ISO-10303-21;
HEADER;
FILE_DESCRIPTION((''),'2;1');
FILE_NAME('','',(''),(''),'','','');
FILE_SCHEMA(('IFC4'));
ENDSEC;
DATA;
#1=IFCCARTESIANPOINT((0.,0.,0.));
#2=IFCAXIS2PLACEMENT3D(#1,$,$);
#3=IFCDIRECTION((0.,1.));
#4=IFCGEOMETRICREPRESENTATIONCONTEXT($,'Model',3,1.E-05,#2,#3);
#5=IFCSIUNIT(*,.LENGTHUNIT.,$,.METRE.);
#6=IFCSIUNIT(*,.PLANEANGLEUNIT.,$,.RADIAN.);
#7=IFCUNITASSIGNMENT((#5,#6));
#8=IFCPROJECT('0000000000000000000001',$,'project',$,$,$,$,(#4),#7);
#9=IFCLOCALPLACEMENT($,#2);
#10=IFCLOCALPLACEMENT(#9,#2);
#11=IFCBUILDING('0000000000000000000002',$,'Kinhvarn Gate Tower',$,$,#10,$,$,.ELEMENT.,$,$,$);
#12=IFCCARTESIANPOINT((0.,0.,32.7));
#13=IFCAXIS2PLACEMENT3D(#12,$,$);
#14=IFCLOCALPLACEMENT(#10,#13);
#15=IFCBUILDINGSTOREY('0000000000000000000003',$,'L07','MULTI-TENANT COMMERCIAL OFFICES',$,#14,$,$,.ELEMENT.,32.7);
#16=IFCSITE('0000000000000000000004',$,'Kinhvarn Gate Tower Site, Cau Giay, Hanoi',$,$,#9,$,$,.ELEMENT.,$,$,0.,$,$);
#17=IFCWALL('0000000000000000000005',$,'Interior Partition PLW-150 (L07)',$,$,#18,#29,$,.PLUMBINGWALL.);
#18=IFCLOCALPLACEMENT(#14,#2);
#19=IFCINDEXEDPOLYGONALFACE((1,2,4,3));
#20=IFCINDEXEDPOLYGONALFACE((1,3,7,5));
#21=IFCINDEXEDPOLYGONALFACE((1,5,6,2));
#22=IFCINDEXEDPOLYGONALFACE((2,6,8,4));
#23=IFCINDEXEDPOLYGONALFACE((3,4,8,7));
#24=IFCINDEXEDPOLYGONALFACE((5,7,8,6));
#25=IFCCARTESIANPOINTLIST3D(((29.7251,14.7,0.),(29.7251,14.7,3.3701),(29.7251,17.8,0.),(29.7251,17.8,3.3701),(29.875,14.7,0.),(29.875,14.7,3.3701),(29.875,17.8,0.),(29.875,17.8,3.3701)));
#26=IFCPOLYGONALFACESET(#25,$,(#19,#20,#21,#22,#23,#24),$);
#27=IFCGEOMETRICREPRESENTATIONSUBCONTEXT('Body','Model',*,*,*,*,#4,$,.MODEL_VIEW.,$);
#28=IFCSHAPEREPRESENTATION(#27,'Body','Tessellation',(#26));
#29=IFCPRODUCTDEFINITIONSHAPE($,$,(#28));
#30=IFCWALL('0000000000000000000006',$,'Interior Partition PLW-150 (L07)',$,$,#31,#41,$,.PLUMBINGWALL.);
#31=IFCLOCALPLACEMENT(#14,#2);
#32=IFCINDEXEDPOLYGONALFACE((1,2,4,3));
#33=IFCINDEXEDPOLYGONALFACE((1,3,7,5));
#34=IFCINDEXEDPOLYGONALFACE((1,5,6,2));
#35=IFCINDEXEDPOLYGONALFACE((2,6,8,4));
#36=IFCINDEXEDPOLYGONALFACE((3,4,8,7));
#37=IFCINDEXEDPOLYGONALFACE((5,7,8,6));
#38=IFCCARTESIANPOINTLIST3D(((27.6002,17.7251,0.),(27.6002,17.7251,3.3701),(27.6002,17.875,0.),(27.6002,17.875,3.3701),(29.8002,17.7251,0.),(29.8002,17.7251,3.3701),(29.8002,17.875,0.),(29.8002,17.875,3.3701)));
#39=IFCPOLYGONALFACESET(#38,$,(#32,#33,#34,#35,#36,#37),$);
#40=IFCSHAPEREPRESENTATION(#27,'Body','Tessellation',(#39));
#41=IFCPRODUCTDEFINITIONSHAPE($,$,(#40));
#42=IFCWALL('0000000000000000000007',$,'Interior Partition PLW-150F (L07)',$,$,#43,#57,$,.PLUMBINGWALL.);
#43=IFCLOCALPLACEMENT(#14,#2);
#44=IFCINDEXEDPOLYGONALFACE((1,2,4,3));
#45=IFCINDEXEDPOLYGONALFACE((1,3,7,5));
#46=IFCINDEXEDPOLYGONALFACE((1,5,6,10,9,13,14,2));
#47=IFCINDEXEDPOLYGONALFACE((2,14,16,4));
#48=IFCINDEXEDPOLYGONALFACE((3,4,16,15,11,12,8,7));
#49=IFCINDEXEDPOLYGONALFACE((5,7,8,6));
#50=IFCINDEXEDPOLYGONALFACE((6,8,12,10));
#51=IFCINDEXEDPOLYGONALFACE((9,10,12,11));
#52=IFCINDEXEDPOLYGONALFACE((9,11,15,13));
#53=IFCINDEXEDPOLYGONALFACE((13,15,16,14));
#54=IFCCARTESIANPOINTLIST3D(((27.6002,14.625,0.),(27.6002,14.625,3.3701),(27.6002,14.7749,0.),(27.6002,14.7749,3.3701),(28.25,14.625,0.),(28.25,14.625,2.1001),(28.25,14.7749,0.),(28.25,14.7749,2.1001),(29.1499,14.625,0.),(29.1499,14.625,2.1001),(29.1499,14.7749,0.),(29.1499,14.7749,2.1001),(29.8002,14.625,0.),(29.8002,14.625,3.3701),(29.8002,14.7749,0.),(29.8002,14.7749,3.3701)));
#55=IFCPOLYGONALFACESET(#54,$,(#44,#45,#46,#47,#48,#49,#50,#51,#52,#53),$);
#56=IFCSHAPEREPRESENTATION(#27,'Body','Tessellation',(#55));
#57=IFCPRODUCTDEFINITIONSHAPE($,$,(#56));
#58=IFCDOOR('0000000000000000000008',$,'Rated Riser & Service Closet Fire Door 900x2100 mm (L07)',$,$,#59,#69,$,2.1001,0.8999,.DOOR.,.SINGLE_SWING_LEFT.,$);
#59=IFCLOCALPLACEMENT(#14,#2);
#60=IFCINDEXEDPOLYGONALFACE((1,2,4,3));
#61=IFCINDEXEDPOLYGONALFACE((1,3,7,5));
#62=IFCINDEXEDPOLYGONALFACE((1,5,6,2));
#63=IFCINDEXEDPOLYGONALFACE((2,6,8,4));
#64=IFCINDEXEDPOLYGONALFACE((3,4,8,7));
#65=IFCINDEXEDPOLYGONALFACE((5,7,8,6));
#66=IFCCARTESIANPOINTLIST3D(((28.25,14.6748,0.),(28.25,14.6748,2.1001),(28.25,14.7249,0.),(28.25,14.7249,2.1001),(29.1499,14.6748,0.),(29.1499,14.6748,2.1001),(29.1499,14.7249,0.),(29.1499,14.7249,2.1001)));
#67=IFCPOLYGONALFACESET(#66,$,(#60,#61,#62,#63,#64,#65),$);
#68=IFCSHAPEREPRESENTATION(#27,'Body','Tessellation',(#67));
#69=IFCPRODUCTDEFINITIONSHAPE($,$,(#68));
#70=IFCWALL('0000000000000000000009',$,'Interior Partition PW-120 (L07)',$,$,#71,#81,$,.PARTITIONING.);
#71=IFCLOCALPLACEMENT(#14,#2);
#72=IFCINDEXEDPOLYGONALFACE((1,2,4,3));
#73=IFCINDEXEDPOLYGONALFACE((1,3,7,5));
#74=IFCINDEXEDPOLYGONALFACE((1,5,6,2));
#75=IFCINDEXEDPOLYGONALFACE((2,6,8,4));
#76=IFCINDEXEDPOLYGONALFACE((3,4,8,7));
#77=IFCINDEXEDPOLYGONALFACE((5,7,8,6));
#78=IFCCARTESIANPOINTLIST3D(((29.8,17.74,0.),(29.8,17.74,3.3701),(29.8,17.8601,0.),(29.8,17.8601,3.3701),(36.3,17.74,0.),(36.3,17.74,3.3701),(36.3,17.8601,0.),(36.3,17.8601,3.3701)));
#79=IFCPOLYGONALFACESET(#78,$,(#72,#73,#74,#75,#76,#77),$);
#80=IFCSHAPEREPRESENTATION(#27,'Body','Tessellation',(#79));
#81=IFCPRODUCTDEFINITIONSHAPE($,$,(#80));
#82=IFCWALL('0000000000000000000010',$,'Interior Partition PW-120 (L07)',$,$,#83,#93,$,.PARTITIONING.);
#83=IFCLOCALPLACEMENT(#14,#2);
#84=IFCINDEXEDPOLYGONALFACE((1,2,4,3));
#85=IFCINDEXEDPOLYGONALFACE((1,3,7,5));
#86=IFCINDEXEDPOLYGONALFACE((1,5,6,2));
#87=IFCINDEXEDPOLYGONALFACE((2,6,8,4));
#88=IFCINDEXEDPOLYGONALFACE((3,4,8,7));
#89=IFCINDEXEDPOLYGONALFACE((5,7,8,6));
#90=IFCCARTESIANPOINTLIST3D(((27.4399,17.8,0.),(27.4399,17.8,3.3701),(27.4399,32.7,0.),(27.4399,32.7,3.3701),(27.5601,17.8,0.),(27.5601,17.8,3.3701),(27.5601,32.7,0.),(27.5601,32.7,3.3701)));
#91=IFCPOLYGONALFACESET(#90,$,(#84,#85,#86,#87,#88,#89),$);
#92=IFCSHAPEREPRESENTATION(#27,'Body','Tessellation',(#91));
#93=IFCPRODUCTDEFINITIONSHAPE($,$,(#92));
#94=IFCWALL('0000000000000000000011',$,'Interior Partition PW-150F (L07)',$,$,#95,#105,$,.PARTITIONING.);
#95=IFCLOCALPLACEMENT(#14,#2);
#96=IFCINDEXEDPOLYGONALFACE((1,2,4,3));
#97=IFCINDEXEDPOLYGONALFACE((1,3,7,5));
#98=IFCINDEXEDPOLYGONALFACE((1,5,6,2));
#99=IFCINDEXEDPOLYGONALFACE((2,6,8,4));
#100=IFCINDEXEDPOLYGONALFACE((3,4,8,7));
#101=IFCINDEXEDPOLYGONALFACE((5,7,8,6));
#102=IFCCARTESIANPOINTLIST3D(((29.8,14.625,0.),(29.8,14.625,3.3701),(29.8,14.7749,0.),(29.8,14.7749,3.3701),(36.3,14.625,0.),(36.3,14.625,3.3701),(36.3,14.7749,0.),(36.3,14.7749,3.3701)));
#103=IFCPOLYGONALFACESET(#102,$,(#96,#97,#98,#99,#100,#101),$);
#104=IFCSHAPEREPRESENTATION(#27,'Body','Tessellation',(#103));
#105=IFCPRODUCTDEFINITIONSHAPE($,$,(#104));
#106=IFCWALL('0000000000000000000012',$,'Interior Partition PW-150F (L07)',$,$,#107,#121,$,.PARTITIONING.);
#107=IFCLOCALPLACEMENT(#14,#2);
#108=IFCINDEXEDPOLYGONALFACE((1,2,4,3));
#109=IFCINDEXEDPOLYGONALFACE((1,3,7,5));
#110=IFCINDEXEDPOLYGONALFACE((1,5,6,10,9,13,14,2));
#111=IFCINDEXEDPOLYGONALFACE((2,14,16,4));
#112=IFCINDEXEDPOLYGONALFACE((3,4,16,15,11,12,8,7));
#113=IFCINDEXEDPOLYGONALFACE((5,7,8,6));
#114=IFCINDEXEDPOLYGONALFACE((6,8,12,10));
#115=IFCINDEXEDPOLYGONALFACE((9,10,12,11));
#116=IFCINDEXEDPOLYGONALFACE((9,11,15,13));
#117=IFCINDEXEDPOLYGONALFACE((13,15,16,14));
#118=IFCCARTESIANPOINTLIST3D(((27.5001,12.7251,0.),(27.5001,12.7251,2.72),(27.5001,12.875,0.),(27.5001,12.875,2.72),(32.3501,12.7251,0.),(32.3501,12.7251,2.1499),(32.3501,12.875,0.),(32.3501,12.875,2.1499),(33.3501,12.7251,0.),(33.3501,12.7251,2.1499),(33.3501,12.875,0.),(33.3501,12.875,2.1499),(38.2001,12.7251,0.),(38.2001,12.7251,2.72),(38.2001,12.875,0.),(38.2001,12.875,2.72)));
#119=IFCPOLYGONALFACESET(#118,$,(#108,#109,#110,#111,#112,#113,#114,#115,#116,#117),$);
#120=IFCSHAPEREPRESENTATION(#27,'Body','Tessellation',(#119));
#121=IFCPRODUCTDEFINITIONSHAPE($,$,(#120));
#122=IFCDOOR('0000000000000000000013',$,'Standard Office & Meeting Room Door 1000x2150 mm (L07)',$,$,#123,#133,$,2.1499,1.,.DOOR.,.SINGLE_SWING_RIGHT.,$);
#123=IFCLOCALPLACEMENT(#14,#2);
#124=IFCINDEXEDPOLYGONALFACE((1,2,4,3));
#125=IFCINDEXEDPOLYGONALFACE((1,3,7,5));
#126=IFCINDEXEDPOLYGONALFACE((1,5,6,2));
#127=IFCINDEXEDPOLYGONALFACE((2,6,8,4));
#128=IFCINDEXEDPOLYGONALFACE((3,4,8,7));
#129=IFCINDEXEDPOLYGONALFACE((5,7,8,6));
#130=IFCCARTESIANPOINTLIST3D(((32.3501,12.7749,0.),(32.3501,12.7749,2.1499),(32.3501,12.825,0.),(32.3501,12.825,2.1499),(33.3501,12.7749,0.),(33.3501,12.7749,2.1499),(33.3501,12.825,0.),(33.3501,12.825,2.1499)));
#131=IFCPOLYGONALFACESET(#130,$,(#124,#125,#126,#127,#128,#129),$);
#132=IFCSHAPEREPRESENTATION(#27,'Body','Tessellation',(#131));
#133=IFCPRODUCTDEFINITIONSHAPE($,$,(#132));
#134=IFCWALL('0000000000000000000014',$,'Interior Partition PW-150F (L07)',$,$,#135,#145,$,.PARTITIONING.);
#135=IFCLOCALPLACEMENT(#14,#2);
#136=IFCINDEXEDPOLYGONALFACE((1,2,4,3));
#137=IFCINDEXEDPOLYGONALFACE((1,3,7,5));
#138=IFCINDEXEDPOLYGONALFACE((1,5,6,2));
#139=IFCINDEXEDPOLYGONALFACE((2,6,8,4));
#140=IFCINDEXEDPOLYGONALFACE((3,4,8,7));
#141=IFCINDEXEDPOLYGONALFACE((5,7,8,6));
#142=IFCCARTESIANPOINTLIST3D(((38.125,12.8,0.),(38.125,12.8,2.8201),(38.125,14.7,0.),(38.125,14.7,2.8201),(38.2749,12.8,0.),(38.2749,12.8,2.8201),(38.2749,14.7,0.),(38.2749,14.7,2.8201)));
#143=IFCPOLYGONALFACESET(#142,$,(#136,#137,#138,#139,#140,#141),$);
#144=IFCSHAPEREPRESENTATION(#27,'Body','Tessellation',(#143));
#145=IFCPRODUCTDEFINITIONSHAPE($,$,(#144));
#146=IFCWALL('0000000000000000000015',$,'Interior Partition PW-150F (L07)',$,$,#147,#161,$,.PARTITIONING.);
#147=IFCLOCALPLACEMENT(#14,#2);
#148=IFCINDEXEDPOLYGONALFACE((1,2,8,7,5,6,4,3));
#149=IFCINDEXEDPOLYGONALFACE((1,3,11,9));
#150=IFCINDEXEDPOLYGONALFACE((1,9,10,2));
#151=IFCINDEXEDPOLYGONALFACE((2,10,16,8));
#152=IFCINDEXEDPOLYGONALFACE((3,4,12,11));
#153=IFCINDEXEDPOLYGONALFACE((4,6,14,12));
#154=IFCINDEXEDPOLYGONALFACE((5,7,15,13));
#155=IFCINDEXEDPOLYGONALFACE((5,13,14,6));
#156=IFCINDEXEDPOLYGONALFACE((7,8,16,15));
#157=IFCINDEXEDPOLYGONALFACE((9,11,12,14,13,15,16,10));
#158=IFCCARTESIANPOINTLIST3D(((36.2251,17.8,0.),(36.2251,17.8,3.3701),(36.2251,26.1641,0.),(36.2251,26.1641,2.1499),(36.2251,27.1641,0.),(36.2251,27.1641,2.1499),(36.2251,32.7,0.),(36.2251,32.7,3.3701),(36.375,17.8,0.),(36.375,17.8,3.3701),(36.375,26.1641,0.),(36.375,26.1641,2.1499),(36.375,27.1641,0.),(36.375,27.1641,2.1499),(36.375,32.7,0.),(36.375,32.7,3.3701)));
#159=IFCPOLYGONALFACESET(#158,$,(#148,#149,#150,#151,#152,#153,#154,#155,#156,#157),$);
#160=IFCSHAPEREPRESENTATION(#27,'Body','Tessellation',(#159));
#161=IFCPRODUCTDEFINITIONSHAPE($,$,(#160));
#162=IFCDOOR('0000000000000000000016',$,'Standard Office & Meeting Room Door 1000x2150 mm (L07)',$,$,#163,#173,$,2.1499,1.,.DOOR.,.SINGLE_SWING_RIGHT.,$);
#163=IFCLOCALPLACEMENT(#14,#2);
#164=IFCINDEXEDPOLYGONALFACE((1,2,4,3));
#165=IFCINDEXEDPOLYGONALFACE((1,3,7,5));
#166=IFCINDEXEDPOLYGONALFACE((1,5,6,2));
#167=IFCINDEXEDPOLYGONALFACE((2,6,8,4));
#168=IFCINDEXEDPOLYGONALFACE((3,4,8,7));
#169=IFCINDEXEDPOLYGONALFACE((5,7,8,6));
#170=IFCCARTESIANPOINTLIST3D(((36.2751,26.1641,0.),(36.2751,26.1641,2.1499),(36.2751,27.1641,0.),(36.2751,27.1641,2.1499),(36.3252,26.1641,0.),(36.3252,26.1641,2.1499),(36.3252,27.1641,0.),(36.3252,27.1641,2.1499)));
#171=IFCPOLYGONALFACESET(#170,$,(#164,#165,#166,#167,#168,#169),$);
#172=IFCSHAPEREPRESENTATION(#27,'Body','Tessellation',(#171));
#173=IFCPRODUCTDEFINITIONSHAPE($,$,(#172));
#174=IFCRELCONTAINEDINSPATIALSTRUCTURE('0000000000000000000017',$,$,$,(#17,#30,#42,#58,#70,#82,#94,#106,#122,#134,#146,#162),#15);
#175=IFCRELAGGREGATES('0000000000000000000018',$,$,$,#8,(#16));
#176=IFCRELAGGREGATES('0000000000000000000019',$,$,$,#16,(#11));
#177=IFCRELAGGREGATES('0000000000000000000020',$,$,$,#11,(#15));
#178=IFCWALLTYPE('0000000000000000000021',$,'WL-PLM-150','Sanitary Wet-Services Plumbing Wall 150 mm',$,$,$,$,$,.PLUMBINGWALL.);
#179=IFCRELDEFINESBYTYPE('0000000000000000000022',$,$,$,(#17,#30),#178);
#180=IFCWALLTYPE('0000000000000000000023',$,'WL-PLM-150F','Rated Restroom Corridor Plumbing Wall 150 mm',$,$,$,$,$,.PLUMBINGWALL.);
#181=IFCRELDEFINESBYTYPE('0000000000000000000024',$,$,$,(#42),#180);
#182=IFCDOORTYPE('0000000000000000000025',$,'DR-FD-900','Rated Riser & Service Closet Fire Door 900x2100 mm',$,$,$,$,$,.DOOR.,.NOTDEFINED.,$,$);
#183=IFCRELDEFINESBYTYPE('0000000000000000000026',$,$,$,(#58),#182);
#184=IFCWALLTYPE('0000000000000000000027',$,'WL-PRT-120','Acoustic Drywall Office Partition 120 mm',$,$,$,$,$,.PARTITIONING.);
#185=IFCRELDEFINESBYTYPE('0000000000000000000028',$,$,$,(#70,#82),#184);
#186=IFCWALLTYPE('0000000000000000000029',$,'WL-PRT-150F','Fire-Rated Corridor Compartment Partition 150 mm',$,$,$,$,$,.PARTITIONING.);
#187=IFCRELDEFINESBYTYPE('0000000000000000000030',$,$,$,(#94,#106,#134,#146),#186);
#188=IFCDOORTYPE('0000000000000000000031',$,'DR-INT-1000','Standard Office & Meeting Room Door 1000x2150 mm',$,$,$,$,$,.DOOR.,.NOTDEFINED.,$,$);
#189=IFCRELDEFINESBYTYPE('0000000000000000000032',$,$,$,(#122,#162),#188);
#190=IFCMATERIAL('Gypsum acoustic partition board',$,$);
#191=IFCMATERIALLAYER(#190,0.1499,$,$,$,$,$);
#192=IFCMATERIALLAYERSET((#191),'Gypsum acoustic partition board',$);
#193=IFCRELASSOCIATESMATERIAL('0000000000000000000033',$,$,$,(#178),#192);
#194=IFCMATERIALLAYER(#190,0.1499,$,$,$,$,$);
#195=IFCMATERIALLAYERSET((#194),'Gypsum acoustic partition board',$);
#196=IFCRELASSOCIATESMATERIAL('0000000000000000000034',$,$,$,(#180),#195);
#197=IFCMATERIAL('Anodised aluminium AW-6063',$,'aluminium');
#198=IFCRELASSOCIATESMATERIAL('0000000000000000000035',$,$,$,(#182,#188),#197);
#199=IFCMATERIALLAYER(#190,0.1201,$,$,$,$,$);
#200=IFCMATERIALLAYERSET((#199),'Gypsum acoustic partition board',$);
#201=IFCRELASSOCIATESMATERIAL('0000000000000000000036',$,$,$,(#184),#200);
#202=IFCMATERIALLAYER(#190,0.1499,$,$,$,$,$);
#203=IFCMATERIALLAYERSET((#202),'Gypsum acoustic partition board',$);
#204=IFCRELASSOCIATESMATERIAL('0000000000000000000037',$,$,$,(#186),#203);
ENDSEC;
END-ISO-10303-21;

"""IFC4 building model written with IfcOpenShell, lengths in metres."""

from ifc_helpers import new_model, si_unit, direction, frame, frame_2d, origin, place, context, subcontext, project, spatial, rectangle, extrude, material, layer, layer_set, type_object, element, fill, save


model = new_model("IFC4")

# Units and contexts
model_context = context("Model", 3, precision=1e-05, world=origin(), true_north=direction((0.0, 1.0)))
body_context = subcontext(model_context, "Body", "Model", "MODEL_VIEW")
ifc_project = project(units=[si_unit("LENGTHUNIT", "METRE"), si_unit("PLANEANGLEUNIT", "RADIAN")], contexts=[model_context])

# Site, building, storey
site_placement = place(None, origin())
site = spatial("IfcSite", under=ifc_project, at=site_placement, Name="Kinhvarn Gate Tower Site, Cau Giay, Hanoi", CompositionType="ELEMENT", RefElevation=0.0)
building_placement = place(site_placement, origin())
building = spatial("IfcBuilding", under=site, at=building_placement, Name="Kinhvarn Gate Tower", CompositionType="ELEMENT")
storey_placement = place(building_placement, frame((0.0, 0.0, 32.7)))
storey = spatial("IfcBuildingStorey", under=building, at=storey_placement, Name="L07", Description="MULTI-TENANT COMMERCIAL OFFICES", CompositionType="ELEMENT", Elevation=32.7)

# Walls
ifc_material_1 = material(Name="Gypsum acoustic partition board")
ifc_layer_1 = layer(ifc_material_1, 0.1499)
ifc_layer_set_1 = layer_set([ifc_layer_1], Name="Gypsum acoustic partition board")
wall_type_1 = type_object("IfcWallType", Name="WL-PLM-150", Description="Sanitary Wet-Services Plumbing Wall 150 mm", PredefinedType="PLUMBINGWALL", material=ifc_layer_set_1)
for number, where, z_axis, x_axis, name in (
    (1, (29.8, 14.7, 0.0), (0.0, 0.0, 1.0), (0.0, 1.0, 0.0), "Interior Partition PLW-150 (L07)"),
):
    element("IfcWall", number, at=place(storey_placement, frame(where, z_axis=z_axis, x_axis=x_axis)), inside=storey, type_object=wall_type_1, Name=name, PredefinedType="PLUMBINGWALL", context=body_context, shape_type="SweptSolid", body=[
        extrude(rectangle(XDim=3.1001, YDim=0.1499, at=frame_2d((1.55, 0.0))), origin(), (0.0, 0.0, 1.0), 3.3701),
    ])
wall_1_placement = place(storey_placement, frame((27.6001, 17.8, 0.0), z_axis=(0.0, 0.0, 1.0), x_axis=(1.0, 0.0, 0.0)))
element("IfcWall", 2, at=wall_1_placement, inside=storey, type_object=wall_type_1, Name="Interior Partition PLW-150 (L07)", PredefinedType="PLUMBINGWALL", context=body_context, shape_type="SweptSolid", body=[
    extrude(rectangle(XDim=2.2, YDim=0.1499, at=frame_2d((1.1001, 0.0))), origin(), (0.0, 0.0, 1.0), 3.3701),
])

# Wall, opening, door
ifc_layer_2 = layer(ifc_material_1, 0.1499)
ifc_layer_set_2 = layer_set([ifc_layer_2], Name="Gypsum acoustic partition board")
wall_type_2 = type_object("IfcWallType", Name="WL-PLM-150F", Description="Rated Restroom Corridor Plumbing Wall 150 mm", PredefinedType="PLUMBINGWALL", material=ifc_layer_set_2)
wall_2_placement = place(storey_placement, frame((27.6001, 14.7, 0.0), z_axis=(0.0, 0.0, 1.0), x_axis=(1.0, 0.0, 0.0)))
wall_2 = element("IfcWall", 3, at=wall_2_placement, inside=storey, type_object=wall_type_2, Name="Interior Partition PLW-150F (L07)", PredefinedType="PLUMBINGWALL", context=body_context, shape_type="SweptSolid", body=[
    extrude(rectangle(XDim=2.2, YDim=0.1499, at=frame_2d((1.1001, 0.0))), origin(), (0.0, 0.0, 1.0), 3.3701),
])
opening_1_placement = place(wall_2_placement, frame((0.6499, 0.0, 0.0)))
opening_1 = element("IfcOpeningElement", 4, at=opening_1_placement, cuts=wall_2, PredefinedType="OPENING", context=body_context, shape_type="SweptSolid", body=[
    extrude(rectangle(XDim=0.8999, YDim=2.1001, at=frame_2d((0.45, 1.05))), frame((0.0, 0.085, 0.0), z_axis=(0.0, -1.0, 0.0), x_axis=(1.0, 0.0, 0.0)), (0.0, 0.0, 1.0), 0.1699),
])
ifc_material_2 = material(Name="Anodised aluminium AW-6063", Category="aluminium")
door_type_1 = type_object("IfcDoorType", Name="DR-FD-900", Description="Rated Riser & Service Closet Fire Door 900x2100 mm", OperationType="NOTDEFINED", PredefinedType="DOOR", material=ifc_material_2)
door_1_placement = place(opening_1_placement, origin())
door_1 = element("IfcDoor", 5, at=door_1_placement, inside=storey, type_object=door_type_1, Name="Rated Riser & Service Closet Fire Door 900x2100 mm (L07)", OperationType="SINGLE_SWING_LEFT", OverallHeight=2.1001, OverallWidth=0.8999, PredefinedType="DOOR", context=body_context, shape_type="SweptSolid", body=[
    extrude(rectangle(XDim=0.8999, YDim=2.1001, at=frame_2d((0.45, 1.05))), frame((0.0, 0.0249, 0.0), z_axis=(0.0, -1.0, 0.0), x_axis=(1.0, 0.0, 0.0)), (0.0, 0.0, 1.0), 0.05),
])
fill(opening_1, door_1)

# Walls
ifc_layer_3 = layer(ifc_material_1, 0.1201)
ifc_layer_set_3 = layer_set([ifc_layer_3], Name="Gypsum acoustic partition board")
wall_type_3 = type_object("IfcWallType", Name="WL-PRT-120", Description="Acoustic Drywall Office Partition 120 mm", PredefinedType="PARTITIONING", material=ifc_layer_set_3)
wall_3_placement = place(storey_placement, frame((29.8, 17.8, 0.0), z_axis=(0.0, 0.0, 1.0), x_axis=(1.0, 0.0, 0.0)))
element("IfcWall", 6, at=wall_3_placement, inside=storey, type_object=wall_type_3, Name="Interior Partition PW-120 (L07)", PredefinedType="PARTITIONING", context=body_context, shape_type="SweptSolid", body=[
    extrude(rectangle(XDim=6.5, YDim=0.1201, at=frame_2d((3.25, 0.0))), origin(), (0.0, 0.0, 1.0), 3.3701),
])
wall_4_placement = place(storey_placement, frame((27.5, 17.8, 0.0), z_axis=(0.0, 0.0, 1.0), x_axis=(0.0, 1.0, 0.0)))
element("IfcWall", 7, at=wall_4_placement, inside=storey, type_object=wall_type_3, Name="Interior Partition PW-120 (L07)", PredefinedType="PARTITIONING", context=body_context, shape_type="SweptSolid", body=[
    extrude(rectangle(XDim=14.8999, YDim=0.1201, at=frame_2d((7.45, 0.0))), origin(), (0.0, 0.0, 1.0), 3.3701),
])
ifc_layer_4 = layer(ifc_material_1, 0.1499)
ifc_layer_set_4 = layer_set([ifc_layer_4], Name="Gypsum acoustic partition board")
wall_type_4 = type_object("IfcWallType", Name="WL-PRT-150F", Description="Fire-Rated Corridor Compartment Partition 150 mm", PredefinedType="PARTITIONING", material=ifc_layer_set_4)
wall_5_placement = place(storey_placement, frame((29.8, 14.7, 0.0), z_axis=(0.0, 0.0, 1.0), x_axis=(1.0, 0.0, 0.0)))
element("IfcWall", 8, at=wall_5_placement, inside=storey, type_object=wall_type_4, Name="Interior Partition PW-150F (L07)", PredefinedType="PARTITIONING", context=body_context, shape_type="SweptSolid", body=[
    extrude(rectangle(XDim=6.5, YDim=0.1499, at=frame_2d((3.25, 0.0))), origin(), (0.0, 0.0, 1.0), 3.3701),
])

# Wall, opening, door
wall_6_placement = place(storey_placement, frame((27.5, 12.8, 0.0), z_axis=(0.0, 0.0, 1.0), x_axis=(1.0, 0.0, 0.0)))
wall_6 = element("IfcWall", 9, at=wall_6_placement, inside=storey, type_object=wall_type_4, Name="Interior Partition PW-150F (L07)", PredefinedType="PARTITIONING", context=body_context, shape_type="SweptSolid", body=[
    extrude(rectangle(XDim=10.7, YDim=0.1499, at=frame_2d((5.3501, 0.0))), origin(), (0.0, 0.0, 1.0), 2.72),
])
opening_2_placement = place(wall_6_placement, frame((4.8501, 0.0, 0.0)))
opening_2 = element("IfcOpeningElement", 10, at=opening_2_placement, cuts=wall_6, PredefinedType="OPENING", context=body_context, shape_type="SweptSolid", body=[
    extrude(rectangle(XDim=1.0, YDim=2.1499, at=frame_2d((0.5, 1.075))), frame((0.0, 0.085, 0.0), z_axis=(0.0, -1.0, 0.0), x_axis=(1.0, 0.0, 0.0)), (0.0, 0.0, 1.0), 0.1699),
])
door_type_2 = type_object("IfcDoorType", Name="DR-INT-1000", Description="Standard Office & Meeting Room Door 1000x2150 mm", OperationType="NOTDEFINED", PredefinedType="DOOR", material=ifc_material_2)
door_2_placement = place(opening_2_placement, origin())
door_2 = element("IfcDoor", 11, at=door_2_placement, inside=storey, type_object=door_type_2, Name="Standard Office & Meeting Room Door 1000x2150 mm (L07)", OperationType="SINGLE_SWING_RIGHT", OverallHeight=2.1499, OverallWidth=1.0, PredefinedType="DOOR", context=body_context, shape_type="SweptSolid", body=[
    extrude(rectangle(XDim=1.0, YDim=2.1499, at=frame_2d((0.5, 1.075))), frame((0.0, 0.0249, 0.0), z_axis=(0.0, -1.0, 0.0), x_axis=(1.0, 0.0, 0.0)), (0.0, 0.0, 1.0), 0.05),
])
fill(opening_2, door_2)

# Wall
wall_7_placement = place(storey_placement, frame((38.2, 12.8, 0.0), z_axis=(0.0, 0.0, 1.0), x_axis=(0.0, 1.0, 0.0)))
element("IfcWall", 12, at=wall_7_placement, inside=storey, type_object=wall_type_4, Name="Interior Partition PW-150F (L07)", PredefinedType="PARTITIONING", context=body_context, shape_type="SweptSolid", body=[
    extrude(rectangle(XDim=1.8999, YDim=0.1499, at=frame_2d((0.95, 0.0))), origin(), (0.0, 0.0, 1.0), 2.8201),
])

# Wall, opening, door
wall_8_placement = place(storey_placement, frame((36.3, 17.8, 0.0), z_axis=(0.0, 0.0, 1.0), x_axis=(0.0, 1.0, 0.0)))
wall_8 = element("IfcWall", 13, at=wall_8_placement, inside=storey, type_object=wall_type_4, Name="Interior Partition PW-150F (L07)", PredefinedType="PARTITIONING", context=body_context, shape_type="SweptSolid", body=[
    extrude(rectangle(XDim=14.8999, YDim=0.1499, at=frame_2d((7.45, 0.0))), origin(), (0.0, 0.0, 1.0), 3.3701),
])
opening_3_placement = place(wall_8_placement, frame((8.364, 0.0, 0.0)))
opening_3 = element("IfcOpeningElement", 14, at=opening_3_placement, cuts=wall_8, PredefinedType="OPENING", context=body_context, shape_type="SweptSolid", body=[
    extrude(rectangle(XDim=1.0, YDim=2.1499, at=frame_2d((0.5, 1.075))), frame((0.0, 0.085, 0.0), z_axis=(0.0, -1.0, 0.0), x_axis=(1.0, 0.0, 0.0)), (0.0, 0.0, 1.0), 0.1699),
])
door_3_placement = place(opening_3_placement, origin())
door_3 = element("IfcDoor", 15, at=door_3_placement, inside=storey, type_object=door_type_2, Name="Standard Office & Meeting Room Door 1000x2150 mm (L07)", OperationType="SINGLE_SWING_RIGHT", OverallHeight=2.1499, OverallWidth=1.0, PredefinedType="DOOR", context=body_context, shape_type="SweptSolid", body=[
    extrude(rectangle(XDim=1.0, YDim=2.1499, at=frame_2d((0.5, 1.075))), frame((0.0, 0.0249, 0.0), z_axis=(0.0, -1.0, 0.0), x_axis=(1.0, 0.0, 0.0)), (0.0, 0.0, 1.0), 0.05),
])
fill(opening_3, door_3)

save(model, "model.ifc")
